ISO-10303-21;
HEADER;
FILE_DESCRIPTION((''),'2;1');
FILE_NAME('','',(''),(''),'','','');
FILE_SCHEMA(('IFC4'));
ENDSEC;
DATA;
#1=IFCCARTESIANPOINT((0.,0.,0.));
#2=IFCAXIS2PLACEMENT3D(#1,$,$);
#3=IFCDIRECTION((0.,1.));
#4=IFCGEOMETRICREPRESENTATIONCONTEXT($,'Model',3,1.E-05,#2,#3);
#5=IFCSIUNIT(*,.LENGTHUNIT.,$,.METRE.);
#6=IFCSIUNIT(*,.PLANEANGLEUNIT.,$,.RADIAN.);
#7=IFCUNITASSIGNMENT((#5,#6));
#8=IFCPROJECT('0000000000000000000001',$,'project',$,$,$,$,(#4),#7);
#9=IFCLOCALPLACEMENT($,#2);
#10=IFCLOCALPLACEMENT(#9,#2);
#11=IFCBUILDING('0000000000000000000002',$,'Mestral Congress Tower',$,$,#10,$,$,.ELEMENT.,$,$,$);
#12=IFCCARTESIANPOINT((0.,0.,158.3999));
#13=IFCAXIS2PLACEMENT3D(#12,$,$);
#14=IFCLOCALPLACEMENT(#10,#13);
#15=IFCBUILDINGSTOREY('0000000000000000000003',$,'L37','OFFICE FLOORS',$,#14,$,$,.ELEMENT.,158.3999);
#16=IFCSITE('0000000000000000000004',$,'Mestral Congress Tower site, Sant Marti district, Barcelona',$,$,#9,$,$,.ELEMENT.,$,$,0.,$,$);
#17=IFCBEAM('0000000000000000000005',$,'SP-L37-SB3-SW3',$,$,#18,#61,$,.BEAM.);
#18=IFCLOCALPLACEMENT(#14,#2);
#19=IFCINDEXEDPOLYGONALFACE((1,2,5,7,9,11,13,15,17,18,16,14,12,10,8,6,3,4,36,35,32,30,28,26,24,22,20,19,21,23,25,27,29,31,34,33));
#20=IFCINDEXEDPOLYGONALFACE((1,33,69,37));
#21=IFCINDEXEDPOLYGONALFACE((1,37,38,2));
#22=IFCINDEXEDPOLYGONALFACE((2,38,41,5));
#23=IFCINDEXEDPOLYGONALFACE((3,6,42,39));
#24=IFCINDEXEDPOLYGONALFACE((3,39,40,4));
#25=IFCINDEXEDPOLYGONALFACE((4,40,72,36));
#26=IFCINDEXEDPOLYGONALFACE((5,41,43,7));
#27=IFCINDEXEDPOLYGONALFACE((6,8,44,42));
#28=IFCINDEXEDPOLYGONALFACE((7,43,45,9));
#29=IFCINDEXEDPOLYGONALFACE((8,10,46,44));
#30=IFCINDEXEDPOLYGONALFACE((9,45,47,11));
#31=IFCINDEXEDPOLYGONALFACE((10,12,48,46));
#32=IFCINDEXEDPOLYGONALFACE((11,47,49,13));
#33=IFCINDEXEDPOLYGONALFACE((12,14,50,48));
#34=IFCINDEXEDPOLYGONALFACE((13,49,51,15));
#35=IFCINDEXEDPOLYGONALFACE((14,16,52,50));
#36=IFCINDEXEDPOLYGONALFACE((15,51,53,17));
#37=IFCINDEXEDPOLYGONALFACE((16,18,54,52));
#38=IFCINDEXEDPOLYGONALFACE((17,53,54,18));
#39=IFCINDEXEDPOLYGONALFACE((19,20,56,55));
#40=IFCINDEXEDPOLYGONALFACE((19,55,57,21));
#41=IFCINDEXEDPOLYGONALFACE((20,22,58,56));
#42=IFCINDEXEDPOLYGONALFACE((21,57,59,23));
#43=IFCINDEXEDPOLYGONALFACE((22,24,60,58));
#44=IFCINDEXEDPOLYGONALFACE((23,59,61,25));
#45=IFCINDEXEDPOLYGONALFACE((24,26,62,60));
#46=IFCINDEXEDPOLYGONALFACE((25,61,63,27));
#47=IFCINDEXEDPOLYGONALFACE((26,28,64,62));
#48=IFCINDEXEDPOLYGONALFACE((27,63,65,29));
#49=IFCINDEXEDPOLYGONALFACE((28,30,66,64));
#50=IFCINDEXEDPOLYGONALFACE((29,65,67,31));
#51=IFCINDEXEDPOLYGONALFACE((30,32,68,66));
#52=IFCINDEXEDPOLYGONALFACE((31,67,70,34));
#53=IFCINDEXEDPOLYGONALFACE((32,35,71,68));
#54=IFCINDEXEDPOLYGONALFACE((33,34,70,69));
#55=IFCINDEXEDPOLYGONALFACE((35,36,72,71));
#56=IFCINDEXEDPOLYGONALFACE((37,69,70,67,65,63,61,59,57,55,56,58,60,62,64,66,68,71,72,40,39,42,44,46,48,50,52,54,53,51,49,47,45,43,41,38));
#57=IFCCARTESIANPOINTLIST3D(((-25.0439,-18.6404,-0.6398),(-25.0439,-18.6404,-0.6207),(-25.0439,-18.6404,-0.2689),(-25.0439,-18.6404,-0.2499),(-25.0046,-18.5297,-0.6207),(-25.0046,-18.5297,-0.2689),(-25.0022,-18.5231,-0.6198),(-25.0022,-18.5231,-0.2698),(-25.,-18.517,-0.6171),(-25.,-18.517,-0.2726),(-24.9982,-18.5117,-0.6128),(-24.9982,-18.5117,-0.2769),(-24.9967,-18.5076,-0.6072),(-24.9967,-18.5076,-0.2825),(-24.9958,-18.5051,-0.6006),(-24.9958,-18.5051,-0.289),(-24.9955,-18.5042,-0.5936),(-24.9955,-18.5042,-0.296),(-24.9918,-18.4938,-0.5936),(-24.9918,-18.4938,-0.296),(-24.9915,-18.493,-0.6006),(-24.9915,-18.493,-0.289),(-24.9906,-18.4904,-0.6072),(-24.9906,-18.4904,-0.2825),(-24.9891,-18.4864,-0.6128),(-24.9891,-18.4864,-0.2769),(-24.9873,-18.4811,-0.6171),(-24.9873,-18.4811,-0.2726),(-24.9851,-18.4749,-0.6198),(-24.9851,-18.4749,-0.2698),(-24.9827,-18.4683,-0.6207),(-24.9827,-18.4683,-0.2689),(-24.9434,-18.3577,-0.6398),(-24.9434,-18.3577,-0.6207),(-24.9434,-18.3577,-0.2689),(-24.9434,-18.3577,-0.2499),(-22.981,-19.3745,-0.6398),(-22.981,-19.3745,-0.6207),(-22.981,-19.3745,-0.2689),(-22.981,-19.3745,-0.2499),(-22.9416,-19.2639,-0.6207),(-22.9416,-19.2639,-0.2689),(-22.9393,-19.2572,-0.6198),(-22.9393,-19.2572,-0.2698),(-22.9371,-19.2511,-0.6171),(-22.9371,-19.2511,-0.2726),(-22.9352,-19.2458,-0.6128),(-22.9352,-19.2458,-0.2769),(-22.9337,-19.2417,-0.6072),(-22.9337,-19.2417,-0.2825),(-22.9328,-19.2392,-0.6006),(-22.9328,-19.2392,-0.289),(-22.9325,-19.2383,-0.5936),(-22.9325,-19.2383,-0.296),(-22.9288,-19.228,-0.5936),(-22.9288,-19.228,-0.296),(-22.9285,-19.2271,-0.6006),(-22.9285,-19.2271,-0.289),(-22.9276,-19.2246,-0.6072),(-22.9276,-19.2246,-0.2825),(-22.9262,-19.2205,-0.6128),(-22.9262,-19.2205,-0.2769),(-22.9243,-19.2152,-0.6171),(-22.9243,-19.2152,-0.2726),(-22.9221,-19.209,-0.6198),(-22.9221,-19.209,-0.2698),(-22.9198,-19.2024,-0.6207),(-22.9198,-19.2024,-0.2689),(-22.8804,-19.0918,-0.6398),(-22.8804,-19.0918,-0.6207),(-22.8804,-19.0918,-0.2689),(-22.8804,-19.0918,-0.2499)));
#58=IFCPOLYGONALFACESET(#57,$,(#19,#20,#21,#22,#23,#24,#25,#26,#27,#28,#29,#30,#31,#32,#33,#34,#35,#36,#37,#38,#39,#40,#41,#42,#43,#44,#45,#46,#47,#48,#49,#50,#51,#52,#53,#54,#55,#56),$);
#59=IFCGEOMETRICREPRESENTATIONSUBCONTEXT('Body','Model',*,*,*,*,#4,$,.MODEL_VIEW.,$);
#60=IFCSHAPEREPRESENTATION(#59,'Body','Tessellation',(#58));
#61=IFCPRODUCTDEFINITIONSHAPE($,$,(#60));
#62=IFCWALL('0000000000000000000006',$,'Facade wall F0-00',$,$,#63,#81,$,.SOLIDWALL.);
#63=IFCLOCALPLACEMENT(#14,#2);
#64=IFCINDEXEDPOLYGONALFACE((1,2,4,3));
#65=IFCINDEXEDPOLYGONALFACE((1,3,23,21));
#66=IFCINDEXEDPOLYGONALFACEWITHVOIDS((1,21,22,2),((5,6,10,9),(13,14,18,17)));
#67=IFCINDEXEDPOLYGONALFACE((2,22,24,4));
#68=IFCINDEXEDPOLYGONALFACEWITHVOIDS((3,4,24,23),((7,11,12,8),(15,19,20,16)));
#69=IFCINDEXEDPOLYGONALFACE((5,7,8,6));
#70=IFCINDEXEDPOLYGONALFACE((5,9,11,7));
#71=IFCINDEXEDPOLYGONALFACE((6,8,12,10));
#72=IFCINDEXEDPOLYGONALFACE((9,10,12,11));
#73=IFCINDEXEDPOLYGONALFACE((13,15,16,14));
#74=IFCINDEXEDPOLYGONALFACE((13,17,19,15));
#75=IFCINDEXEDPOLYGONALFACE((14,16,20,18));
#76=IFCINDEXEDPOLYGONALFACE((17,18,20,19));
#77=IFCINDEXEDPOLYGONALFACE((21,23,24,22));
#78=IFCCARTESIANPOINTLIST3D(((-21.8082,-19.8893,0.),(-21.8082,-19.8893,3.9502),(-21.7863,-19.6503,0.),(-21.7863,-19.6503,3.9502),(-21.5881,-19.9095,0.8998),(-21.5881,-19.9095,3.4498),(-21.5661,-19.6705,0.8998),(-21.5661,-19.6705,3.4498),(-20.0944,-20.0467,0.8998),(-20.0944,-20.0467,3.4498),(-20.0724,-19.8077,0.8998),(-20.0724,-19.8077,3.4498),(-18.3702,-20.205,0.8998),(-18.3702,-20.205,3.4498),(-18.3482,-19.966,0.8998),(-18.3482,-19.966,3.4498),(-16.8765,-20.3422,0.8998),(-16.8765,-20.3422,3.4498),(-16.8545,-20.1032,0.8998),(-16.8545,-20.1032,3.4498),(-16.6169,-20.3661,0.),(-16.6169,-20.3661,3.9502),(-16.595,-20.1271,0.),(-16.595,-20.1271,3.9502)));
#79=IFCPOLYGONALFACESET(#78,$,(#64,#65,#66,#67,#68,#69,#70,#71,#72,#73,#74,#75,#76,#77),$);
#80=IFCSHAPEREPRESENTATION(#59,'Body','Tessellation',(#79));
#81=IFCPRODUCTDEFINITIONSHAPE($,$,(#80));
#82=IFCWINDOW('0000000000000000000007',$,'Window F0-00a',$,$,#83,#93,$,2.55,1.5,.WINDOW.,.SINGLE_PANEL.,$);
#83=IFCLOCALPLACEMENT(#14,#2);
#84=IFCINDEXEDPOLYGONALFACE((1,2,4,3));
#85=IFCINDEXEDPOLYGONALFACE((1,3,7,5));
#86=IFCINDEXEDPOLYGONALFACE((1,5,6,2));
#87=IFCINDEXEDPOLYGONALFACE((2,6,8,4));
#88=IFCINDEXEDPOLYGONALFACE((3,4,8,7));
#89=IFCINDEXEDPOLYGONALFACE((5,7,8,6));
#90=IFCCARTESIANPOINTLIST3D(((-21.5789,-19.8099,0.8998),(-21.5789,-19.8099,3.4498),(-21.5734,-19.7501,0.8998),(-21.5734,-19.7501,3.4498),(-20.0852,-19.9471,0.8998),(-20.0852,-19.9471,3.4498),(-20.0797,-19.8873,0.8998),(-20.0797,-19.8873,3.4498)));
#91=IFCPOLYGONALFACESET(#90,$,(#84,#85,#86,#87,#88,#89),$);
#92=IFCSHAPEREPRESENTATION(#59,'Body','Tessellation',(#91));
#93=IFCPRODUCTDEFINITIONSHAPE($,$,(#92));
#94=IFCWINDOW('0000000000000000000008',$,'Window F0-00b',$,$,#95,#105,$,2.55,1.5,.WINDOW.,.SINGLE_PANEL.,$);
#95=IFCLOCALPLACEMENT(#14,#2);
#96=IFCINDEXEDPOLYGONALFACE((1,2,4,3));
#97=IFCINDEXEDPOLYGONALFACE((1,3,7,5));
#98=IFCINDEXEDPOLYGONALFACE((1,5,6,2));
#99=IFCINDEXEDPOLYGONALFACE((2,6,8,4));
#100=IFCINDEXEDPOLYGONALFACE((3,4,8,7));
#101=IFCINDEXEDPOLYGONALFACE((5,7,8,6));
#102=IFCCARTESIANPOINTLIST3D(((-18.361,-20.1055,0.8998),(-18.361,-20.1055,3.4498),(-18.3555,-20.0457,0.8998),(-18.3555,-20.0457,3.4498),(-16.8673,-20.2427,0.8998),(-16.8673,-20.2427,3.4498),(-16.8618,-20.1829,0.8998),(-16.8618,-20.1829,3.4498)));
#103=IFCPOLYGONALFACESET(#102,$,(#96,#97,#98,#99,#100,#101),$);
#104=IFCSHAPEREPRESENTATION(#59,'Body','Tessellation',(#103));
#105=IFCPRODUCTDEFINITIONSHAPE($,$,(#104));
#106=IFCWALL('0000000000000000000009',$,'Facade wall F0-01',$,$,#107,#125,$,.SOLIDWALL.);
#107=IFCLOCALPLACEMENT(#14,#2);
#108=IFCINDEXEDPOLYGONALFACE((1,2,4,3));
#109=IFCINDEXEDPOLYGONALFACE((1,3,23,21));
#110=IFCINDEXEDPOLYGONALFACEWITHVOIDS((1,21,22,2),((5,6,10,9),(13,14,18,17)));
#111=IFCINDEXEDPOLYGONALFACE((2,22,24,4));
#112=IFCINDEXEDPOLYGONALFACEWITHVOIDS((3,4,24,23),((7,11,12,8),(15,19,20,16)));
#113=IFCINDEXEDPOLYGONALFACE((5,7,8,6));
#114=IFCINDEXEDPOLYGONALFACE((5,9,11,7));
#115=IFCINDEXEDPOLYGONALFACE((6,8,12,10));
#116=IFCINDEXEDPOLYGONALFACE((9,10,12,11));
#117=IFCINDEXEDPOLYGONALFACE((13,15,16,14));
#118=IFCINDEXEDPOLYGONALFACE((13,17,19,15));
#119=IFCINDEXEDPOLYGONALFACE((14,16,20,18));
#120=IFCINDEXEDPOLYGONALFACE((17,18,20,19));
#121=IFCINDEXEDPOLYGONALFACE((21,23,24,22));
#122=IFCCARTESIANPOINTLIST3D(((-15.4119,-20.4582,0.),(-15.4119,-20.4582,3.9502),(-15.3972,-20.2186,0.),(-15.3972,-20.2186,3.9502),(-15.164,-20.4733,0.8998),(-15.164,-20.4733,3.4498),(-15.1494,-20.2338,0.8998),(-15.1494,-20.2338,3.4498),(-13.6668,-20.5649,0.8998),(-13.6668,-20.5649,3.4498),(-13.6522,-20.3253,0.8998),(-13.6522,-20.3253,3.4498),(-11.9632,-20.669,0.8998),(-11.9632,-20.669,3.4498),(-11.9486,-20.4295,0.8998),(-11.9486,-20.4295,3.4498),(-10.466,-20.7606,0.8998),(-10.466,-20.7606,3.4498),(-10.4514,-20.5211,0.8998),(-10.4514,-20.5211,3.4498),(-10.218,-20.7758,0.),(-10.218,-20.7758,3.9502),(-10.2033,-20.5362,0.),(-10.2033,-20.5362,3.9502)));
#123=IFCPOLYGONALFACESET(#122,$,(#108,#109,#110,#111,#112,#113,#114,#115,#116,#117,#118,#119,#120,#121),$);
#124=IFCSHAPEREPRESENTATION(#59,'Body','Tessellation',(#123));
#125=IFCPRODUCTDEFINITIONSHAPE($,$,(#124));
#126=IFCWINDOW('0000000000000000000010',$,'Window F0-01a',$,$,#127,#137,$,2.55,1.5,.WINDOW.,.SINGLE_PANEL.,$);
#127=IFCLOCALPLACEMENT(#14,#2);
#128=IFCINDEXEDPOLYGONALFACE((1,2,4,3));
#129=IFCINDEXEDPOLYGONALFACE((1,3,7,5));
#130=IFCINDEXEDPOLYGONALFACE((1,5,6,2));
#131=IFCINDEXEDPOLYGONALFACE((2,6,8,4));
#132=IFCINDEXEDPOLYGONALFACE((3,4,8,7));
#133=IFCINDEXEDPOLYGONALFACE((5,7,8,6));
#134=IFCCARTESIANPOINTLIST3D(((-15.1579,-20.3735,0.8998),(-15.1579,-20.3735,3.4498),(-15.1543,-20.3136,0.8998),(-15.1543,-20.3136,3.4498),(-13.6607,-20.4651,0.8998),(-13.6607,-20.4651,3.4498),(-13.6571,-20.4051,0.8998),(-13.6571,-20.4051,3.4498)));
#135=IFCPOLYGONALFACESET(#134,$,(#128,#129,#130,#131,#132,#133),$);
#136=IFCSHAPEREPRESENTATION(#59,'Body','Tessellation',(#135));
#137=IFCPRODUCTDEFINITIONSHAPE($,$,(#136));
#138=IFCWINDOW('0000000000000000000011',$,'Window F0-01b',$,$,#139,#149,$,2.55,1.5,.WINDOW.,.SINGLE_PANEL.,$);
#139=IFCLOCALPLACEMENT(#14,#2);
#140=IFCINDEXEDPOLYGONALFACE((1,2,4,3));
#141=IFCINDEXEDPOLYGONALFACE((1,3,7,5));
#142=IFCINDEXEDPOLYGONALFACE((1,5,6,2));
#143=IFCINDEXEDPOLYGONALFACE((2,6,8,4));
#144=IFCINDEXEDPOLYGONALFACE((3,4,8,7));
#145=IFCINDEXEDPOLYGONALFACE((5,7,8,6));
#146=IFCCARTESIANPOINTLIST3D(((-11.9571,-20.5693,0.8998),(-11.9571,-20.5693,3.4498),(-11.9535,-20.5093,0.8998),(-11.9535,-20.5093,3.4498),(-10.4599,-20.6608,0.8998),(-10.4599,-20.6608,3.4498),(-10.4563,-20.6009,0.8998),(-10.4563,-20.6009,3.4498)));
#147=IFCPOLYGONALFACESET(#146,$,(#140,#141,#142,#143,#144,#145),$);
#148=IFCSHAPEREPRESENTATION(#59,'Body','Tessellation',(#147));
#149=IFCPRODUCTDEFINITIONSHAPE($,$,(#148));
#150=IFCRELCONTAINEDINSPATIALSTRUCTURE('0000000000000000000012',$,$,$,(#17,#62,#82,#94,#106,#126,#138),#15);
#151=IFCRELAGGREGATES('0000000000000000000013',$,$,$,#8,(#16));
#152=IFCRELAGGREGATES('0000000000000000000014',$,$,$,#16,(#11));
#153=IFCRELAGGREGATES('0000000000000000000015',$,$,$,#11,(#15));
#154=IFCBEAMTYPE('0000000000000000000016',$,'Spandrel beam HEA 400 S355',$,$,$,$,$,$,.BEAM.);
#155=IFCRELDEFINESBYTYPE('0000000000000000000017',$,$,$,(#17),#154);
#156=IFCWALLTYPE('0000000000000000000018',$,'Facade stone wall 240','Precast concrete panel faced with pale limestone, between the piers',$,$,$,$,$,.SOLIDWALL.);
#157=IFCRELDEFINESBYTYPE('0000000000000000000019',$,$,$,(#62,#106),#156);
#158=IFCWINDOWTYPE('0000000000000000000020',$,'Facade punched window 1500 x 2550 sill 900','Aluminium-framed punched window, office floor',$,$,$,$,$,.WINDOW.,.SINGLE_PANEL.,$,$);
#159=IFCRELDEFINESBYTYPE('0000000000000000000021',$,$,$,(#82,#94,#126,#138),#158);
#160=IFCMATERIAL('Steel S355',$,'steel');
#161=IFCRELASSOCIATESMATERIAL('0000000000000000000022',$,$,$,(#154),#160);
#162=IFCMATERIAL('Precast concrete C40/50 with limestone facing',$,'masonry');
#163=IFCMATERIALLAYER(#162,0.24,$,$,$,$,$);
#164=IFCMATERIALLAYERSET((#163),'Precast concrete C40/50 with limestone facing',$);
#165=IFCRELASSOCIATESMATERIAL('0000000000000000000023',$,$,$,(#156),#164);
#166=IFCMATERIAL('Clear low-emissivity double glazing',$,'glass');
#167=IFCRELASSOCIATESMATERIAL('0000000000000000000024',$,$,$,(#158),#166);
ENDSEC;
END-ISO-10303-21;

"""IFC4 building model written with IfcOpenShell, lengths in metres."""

from ifc_helpers import new_model, si_unit, direction, frame, frame_2d, origin, origin_2d, place, context, subcontext, project, spatial, rectangle, i_section, extrude, material, layer, layer_set, material_profile, profile_set, type_object, element, fill, save


model = new_model("IFC4")

# Units and contexts
model_context = context("Model", 3, precision=1e-05, world=origin(), true_north=direction((0.0, 1.0)))
body_context = subcontext(model_context, "Body", "Model", "MODEL_VIEW")
ifc_project = project(units=[si_unit("LENGTHUNIT", "METRE"), si_unit("PLANEANGLEUNIT", "RADIAN")], contexts=[model_context])

# Site, building, storey
site_placement = place(None, origin())
site = spatial("IfcSite", under=ifc_project, at=site_placement, Name="Mestral Congress Tower site, Sant Marti district, Barcelona", CompositionType="ELEMENT", RefElevation=0.0)
building_placement = place(site_placement, origin())
building = spatial("IfcBuilding", under=site, at=building_placement, Name="Mestral Congress Tower", CompositionType="ELEMENT")
storey_placement = place(building_placement, frame((0.0, 0.0, 158.3999)))
storey = spatial("IfcBuildingStorey", under=building, at=storey_placement, Name="L37", Description="OFFICE FLOORS", CompositionType="ELEMENT", Elevation=158.3999)

# Beam
ifc_material_1 = material(Name="Steel S355", Category="steel")
ifc_material_profile_1 = material_profile(ifc_material_1, i_section(OverallWidth=0.3, OverallDepth=0.3899, WebThickness=0.011, FlangeThickness=0.019, FilletRadius=0.0271, at=origin_2d()), Name="HEA 400")
ifc_profile_set_1 = profile_set([ifc_material_profile_1], Name="Steel S355")
beam_type_1 = type_object("IfcBeamType", Name="Spandrel beam HEA 400 S355", PredefinedType="BEAM", material=ifc_profile_set_1)
beam_1_placement = place(storey_placement, frame((-24.9937, -18.499, -0.4448), z_axis=(0.942125, -0.335263, 0.0), x_axis=(0.335263, 0.942125, 0.0)))
element("IfcBeam", 1, at=beam_1_placement, inside=storey, type_object=beam_type_1, Name="SP-L37-SB3-SW3", PredefinedType="BEAM", context=body_context, shape_type="SweptSolid", body=[
    extrude(i_section(OverallWidth=0.3, OverallDepth=0.3899, WebThickness=0.011, FlangeThickness=0.019, FilletRadius=0.0271, at=origin_2d()), origin(), (0.0, 0.0, 1.0), 2.1897),
])

# Walls, openings, windows
ifc_material_2 = material(Name="Precast concrete C40/50 with limestone facing", Category="masonry")
ifc_layer_1 = layer(ifc_material_2, 0.24)
ifc_layer_set_1 = layer_set([ifc_layer_1], Name="Precast concrete C40/50 with limestone facing")
wall_type_1 = type_object("IfcWallType", Name="Facade stone wall 240", Description="Precast concrete panel faced with pale limestone, between the piers", PredefinedType="SOLIDWALL", material=ifc_layer_set_1)
wall_1_placement = place(storey_placement, frame((-21.7971, -19.7698, 0.0), z_axis=(0.0, 0.0, 1.0), x_axis=(0.995809, -0.09146, 0.0)))
wall_1 = element("IfcWall", 2, at=wall_1_placement, inside=storey, type_object=wall_type_1, Name="Facade wall F0-00", PredefinedType="SOLIDWALL", context=body_context, shape_type="SweptSolid", body=[
    extrude(rectangle(XDim=5.2131, YDim=0.24, at=frame_2d((2.6064, 0.0))), origin(), (0.0, 0.0, 1.0), 3.9502),
])
opening_1_placement = place(wall_1_placement, frame((0.2209, 0.0, 0.8999)))
opening_1 = element("IfcOpeningElement", 3, at=opening_1_placement, cuts=wall_1, PredefinedType="OPENING", context=body_context, shape_type="SweptSolid", body=[
    extrude(rectangle(XDim=1.5, YDim=2.55, at=frame_2d((0.75, 1.2749))), frame((0.0, 0.1299, 0.0), z_axis=(0.0, -1.0, 0.0), x_axis=(1.0, 0.0, 0.0)), (0.0, 0.0, 1.0), 0.26),
])
opening_2_placement = place(wall_1_placement, frame((3.4524, 0.0, 0.8999)))
opening_2 = element("IfcOpeningElement", 4, at=opening_2_placement, cuts=wall_1, PredefinedType="OPENING", context=body_context, shape_type="SweptSolid", body=[
    extrude(rectangle(XDim=1.5, YDim=2.55, at=frame_2d((0.75, 1.2749))), frame((0.0, 0.1299, 0.0), z_axis=(0.0, -1.0, 0.0), x_axis=(1.0, 0.0, 0.0)), (0.0, 0.0, 1.0), 0.26),
])
ifc_material_3 = material(Name="Clear low-emissivity double glazing", Category="glass")
window_type_1 = type_object("IfcWindowType", Name="Facade punched window 1500 x 2550 sill 900", Description="Aluminium-framed punched window, office floor", PartitioningType="SINGLE_PANEL", PredefinedType="WINDOW", material=ifc_material_3)
window_1_placement = place(opening_1_placement, origin())
window_1 = element("IfcWindow", 5, at=window_1_placement, inside=storey, type_object=window_type_1, Name="Window F0-00a", OverallHeight=2.55, OverallWidth=1.5, PartitioningType="SINGLE_PANEL", PredefinedType="WINDOW", context=body_context, shape_type="SweptSolid", body=[
    extrude(rectangle(XDim=1.5, YDim=2.55, at=frame_2d((0.75, 1.2749))), frame((0.0, 0.04, 0.0), z_axis=(0.0, -1.0, 0.0), x_axis=(1.0, 0.0, 0.0)), (0.0, 0.0, 1.0), 0.0601),
])
fill(opening_1, window_1)
window_2_placement = place(opening_2_placement, origin())
window_2 = element("IfcWindow", 6, at=window_2_placement, inside=storey, type_object=window_type_1, Name="Window F0-00b", OverallHeight=2.55, OverallWidth=1.5, PartitioningType="SINGLE_PANEL", PredefinedType="WINDOW", context=body_context, shape_type="SweptSolid", body=[
    extrude(rectangle(XDim=1.5, YDim=2.55, at=frame_2d((0.75, 1.2749))), frame((0.0, 0.04, 0.0), z_axis=(0.0, -1.0, 0.0), x_axis=(1.0, 0.0, 0.0)), (0.0, 0.0, 1.0), 0.0601),
])
fill(opening_2, window_2)
wall_2_placement = place(storey_placement, frame((-15.4045, -20.3384, 0.0), z_axis=(0.0, 0.0, 1.0), x_axis=(0.998135, -0.06104, 0.0)))
wall_2 = element("IfcWall", 7, at=wall_2_placement, inside=storey, type_object=wall_type_1, Name="Facade wall F0-01", PredefinedType="SOLIDWALL", context=body_context, shape_type="SweptSolid", body=[
    extrude(rectangle(XDim=5.2036, YDim=0.24, at=frame_2d((2.6018, 0.0))), origin(), (0.0, 0.0, 1.0), 3.9502),
])
opening_3_placement = place(wall_2_placement, frame((0.2483, 0.0, 0.8999)))
opening_3 = element("IfcOpeningElement", 8, at=opening_3_placement, cuts=wall_2, PredefinedType="OPENING", context=body_context, shape_type="SweptSolid", body=[
    extrude(rectangle(XDim=1.5, YDim=2.55, at=frame_2d((0.75, 1.2749))), frame((0.0, 0.1299, 0.0), z_axis=(0.0, -1.0, 0.0), x_axis=(1.0, 0.0, 0.0)), (0.0, 0.0, 1.0), 0.26),
])
opening_4_placement = place(wall_2_placement, frame((3.4551, 0.0, 0.8999)))
opening_4 = element("IfcOpeningElement", 9, at=opening_4_placement, cuts=wall_2, PredefinedType="OPENING", context=body_context, shape_type="SweptSolid", body=[
    extrude(rectangle(XDim=1.5, YDim=2.55, at=frame_2d((0.75, 1.2749))), frame((0.0, 0.1299, 0.0), z_axis=(0.0, -1.0, 0.0), x_axis=(1.0, 0.0, 0.0)), (0.0, 0.0, 1.0), 0.26),
])
window_3_placement = place(opening_3_placement, origin())
window_3 = element("IfcWindow", 10, at=window_3_placement, inside=storey, type_object=window_type_1, Name="Window F0-01a", OverallHeight=2.55, OverallWidth=1.5, PartitioningType="SINGLE_PANEL", PredefinedType="WINDOW", context=body_context, shape_type="SweptSolid", body=[
    extrude(rectangle(XDim=1.5, YDim=2.55, at=frame_2d((0.75, 1.2749))), frame((0.0, 0.04, 0.0), z_axis=(0.0, -1.0, 0.0), x_axis=(1.0, 0.0, 0.0)), (0.0, 0.0, 1.0), 0.0601),
])
fill(opening_3, window_3)
window_4_placement = place(opening_4_placement, origin())
window_4 = element("IfcWindow", 11, at=window_4_placement, inside=storey, type_object=window_type_1, Name="Window F0-01b", OverallHeight=2.55, OverallWidth=1.5, PartitioningType="SINGLE_PANEL", PredefinedType="WINDOW", context=body_context, shape_type="SweptSolid", body=[
    extrude(rectangle(XDim=1.5, YDim=2.55, at=frame_2d((0.75, 1.2749))), frame((0.0, 0.04, 0.0), z_axis=(0.0, -1.0, 0.0), x_axis=(1.0, 0.0, 0.0)), (0.0, 0.0, 1.0), 0.0601),
])
fill(opening_4, window_4)

save(model, "model.ifc")
